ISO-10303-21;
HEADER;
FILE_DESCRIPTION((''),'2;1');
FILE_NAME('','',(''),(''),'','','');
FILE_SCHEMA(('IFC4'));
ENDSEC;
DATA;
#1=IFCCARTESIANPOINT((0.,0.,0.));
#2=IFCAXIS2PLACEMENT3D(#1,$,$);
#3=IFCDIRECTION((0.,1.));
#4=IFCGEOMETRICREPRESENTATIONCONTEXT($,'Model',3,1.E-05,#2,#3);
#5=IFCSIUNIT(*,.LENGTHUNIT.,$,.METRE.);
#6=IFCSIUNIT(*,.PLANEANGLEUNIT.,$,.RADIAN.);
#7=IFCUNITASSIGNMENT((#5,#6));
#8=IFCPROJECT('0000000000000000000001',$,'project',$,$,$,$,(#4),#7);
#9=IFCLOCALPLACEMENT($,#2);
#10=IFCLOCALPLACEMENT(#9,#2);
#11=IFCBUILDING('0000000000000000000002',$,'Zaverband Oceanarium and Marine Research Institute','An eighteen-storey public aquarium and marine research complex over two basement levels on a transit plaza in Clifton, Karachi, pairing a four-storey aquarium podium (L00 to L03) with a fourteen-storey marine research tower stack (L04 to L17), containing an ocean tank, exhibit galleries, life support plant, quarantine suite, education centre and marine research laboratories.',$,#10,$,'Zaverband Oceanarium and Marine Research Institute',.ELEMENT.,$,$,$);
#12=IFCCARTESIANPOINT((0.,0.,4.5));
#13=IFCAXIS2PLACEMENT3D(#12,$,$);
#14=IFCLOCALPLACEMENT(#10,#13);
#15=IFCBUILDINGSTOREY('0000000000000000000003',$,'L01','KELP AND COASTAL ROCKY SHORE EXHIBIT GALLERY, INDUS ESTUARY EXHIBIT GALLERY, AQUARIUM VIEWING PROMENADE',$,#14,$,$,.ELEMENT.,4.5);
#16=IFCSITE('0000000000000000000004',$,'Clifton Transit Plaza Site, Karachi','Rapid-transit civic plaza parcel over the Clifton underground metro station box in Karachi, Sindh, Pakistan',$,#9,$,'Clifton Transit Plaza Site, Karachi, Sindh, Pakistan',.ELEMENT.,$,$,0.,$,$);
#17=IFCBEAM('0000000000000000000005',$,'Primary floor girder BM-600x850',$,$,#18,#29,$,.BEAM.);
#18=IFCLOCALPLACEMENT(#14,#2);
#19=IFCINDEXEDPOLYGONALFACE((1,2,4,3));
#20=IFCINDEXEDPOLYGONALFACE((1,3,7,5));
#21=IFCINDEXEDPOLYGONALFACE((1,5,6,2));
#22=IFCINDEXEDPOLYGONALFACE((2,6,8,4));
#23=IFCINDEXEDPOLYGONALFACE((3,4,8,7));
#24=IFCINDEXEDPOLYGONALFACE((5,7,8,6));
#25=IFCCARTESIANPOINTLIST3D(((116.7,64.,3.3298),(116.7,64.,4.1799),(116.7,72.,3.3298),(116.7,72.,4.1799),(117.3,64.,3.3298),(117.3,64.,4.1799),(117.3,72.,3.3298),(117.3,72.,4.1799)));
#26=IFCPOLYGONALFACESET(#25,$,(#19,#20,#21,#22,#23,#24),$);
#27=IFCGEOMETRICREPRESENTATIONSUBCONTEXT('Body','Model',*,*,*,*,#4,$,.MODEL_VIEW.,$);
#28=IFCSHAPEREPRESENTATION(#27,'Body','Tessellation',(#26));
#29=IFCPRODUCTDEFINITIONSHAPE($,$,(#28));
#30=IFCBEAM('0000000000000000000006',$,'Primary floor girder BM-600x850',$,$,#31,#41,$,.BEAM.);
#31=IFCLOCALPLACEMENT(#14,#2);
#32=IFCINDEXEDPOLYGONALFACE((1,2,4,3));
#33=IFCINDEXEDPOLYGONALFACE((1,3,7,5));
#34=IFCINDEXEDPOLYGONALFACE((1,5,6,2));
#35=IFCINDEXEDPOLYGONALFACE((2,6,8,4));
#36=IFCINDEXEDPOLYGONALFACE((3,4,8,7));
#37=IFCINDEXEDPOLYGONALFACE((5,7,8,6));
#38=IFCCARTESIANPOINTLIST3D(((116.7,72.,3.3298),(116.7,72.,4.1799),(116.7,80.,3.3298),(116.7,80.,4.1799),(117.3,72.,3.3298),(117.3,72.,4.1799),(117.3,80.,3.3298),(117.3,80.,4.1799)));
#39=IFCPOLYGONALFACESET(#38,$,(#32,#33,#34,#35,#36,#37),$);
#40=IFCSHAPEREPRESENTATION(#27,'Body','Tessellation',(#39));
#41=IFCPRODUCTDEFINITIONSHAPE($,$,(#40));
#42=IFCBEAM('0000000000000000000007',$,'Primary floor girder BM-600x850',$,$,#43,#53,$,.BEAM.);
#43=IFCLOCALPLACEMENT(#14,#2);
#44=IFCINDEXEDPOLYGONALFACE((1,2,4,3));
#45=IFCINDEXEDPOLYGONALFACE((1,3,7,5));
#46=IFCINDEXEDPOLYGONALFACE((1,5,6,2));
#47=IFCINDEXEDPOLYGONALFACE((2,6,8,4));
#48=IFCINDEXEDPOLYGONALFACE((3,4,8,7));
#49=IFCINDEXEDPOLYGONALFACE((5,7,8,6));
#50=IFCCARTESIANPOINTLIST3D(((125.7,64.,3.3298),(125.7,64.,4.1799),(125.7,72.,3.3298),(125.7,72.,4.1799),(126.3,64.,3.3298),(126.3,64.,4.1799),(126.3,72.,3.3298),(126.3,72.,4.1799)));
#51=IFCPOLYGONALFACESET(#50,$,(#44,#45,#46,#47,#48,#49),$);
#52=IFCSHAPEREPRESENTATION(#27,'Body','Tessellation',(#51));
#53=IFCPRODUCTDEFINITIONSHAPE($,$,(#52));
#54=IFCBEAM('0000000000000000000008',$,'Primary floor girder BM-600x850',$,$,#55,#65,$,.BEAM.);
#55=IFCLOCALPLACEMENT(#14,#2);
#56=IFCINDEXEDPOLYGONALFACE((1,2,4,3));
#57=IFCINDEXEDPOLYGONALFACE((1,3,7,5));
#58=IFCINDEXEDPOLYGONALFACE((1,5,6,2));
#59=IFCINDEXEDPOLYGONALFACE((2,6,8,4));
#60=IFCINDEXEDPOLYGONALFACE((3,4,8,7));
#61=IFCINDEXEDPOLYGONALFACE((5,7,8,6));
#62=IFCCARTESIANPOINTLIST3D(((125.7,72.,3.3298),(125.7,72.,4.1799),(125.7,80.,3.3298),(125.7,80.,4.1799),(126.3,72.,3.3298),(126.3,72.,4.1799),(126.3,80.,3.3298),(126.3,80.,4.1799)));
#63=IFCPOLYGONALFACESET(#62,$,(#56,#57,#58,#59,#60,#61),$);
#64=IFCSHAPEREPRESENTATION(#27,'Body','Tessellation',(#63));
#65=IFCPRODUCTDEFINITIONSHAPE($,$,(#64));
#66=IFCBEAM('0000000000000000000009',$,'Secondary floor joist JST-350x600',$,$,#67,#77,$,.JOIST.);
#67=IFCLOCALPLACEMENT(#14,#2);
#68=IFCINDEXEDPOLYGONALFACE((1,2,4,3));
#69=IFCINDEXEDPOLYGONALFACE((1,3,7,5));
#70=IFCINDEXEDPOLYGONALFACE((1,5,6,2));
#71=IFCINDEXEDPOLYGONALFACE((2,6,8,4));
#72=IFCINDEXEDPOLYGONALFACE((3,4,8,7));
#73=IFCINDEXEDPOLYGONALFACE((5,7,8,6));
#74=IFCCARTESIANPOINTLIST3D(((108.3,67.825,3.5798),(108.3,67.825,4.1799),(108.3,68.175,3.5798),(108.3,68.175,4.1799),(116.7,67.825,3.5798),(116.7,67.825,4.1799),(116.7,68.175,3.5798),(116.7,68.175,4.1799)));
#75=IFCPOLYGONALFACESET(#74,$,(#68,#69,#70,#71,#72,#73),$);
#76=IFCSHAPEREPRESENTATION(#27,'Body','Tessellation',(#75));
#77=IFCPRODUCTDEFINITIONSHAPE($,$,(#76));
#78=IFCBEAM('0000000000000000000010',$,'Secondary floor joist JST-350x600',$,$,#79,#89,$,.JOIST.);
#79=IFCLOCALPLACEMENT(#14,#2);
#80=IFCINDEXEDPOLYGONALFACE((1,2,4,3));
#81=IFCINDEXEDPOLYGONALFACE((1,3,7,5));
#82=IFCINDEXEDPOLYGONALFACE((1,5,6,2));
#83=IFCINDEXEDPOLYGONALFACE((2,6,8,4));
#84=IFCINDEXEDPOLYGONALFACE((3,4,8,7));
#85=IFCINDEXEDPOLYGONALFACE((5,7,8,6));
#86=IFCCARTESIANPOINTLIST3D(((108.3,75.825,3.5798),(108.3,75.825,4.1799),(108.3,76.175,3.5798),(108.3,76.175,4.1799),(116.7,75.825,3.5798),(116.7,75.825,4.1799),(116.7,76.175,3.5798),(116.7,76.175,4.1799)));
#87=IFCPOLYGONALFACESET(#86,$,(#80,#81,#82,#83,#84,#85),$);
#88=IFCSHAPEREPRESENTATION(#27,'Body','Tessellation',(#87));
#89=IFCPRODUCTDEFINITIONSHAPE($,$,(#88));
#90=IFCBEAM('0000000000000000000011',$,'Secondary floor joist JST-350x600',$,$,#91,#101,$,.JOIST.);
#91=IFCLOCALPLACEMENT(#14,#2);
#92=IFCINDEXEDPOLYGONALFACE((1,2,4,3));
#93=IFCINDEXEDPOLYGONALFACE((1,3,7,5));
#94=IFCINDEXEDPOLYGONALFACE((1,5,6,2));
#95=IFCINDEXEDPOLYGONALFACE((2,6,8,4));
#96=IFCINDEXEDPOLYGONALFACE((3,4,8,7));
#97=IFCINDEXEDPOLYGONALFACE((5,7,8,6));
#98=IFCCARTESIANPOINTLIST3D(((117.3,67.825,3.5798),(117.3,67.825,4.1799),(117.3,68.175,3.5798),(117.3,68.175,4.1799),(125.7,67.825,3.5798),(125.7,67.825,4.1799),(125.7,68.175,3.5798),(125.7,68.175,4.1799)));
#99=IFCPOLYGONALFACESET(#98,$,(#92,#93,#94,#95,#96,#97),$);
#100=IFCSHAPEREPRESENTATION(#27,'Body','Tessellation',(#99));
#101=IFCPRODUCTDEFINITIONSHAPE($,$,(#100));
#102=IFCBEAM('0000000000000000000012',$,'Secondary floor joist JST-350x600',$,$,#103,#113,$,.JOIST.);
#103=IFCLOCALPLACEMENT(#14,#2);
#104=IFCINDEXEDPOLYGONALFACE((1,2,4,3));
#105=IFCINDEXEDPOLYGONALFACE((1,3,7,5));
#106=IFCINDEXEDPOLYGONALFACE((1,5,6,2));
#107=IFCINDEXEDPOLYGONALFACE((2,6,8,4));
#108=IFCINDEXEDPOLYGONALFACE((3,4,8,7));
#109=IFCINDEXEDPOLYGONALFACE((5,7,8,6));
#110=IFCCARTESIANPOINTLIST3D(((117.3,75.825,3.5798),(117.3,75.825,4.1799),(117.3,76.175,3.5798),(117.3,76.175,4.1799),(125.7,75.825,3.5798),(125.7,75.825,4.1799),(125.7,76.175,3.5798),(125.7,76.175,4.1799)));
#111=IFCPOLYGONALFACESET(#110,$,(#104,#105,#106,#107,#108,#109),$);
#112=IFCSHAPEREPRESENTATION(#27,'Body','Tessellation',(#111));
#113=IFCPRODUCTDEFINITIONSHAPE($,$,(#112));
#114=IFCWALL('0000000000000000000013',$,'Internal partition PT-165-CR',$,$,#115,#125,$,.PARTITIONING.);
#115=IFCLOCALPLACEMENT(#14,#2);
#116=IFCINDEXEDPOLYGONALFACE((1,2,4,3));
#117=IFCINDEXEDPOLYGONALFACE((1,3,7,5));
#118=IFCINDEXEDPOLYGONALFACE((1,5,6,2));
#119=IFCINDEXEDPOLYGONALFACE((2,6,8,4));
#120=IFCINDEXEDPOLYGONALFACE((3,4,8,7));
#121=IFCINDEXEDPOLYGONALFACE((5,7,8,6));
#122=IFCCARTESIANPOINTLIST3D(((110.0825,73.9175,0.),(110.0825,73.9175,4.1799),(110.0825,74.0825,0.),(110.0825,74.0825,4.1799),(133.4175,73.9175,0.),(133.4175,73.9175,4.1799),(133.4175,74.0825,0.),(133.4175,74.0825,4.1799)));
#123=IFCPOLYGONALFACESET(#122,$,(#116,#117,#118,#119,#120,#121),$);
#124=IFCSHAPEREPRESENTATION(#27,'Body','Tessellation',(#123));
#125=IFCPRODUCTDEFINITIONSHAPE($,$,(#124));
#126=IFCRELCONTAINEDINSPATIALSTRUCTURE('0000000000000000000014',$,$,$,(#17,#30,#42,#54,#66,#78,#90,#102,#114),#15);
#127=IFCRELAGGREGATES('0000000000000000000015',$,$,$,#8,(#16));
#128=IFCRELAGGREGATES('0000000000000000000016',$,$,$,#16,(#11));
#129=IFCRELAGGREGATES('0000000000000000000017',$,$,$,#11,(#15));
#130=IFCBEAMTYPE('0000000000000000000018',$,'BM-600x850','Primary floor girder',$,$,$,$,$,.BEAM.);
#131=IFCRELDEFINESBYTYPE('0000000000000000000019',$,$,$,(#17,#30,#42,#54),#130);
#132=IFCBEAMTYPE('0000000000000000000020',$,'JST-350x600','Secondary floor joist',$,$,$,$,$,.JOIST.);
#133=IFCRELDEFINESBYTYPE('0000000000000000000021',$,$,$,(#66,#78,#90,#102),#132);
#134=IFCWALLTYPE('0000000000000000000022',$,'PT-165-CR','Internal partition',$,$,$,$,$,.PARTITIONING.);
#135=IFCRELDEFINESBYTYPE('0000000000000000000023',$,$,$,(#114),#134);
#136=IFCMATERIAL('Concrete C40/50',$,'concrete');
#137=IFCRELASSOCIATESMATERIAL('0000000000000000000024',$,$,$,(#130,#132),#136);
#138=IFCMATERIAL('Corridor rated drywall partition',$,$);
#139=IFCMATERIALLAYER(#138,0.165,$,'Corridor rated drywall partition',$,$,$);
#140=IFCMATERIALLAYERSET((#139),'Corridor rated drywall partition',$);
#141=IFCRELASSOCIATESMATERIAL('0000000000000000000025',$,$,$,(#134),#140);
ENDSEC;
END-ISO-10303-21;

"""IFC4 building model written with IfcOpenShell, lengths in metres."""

from ifc_helpers import new_model, si_unit, direction, frame, frame_2d, origin, origin_2d, place, context, subcontext, project, spatial, rectangle, extrude, material, layer, layer_set, material_profile, profile_set, type_object, element, save


model = new_model("IFC4")

# Units and contexts
model_context = context("Model", 3, precision=1e-05, world=origin(), true_north=direction((0.0, 1.0)))
body_context = subcontext(model_context, "Body", "Model", "MODEL_VIEW")
ifc_project = project(units=[si_unit("LENGTHUNIT", "METRE"), si_unit("PLANEANGLEUNIT", "RADIAN")], contexts=[model_context])

# Site, building, storey
site_placement = place(None, origin())
site = spatial("IfcSite", under=ifc_project, at=site_placement, Name="Clifton Transit Plaza Site, Karachi", Description="Rapid-transit civic plaza parcel over the Clifton underground metro station box in Karachi, Sindh, Pakistan", LongName="Clifton Transit Plaza Site, Karachi, Sindh, Pakistan", CompositionType="ELEMENT", RefElevation=0.0)
building_placement = place(site_placement, origin())
building = spatial("IfcBuilding", under=site, at=building_placement, Name="Zaverband Oceanarium and Marine Research Institute", Description="An eighteen-storey public aquarium and marine research complex over two basement levels on a transit plaza in Clifton, Karachi, pairing a four-storey aquarium podium (L00 to L03) with a fourteen-storey marine research tower stack (L04 to L17), containing an ocean tank, exhibit galleries, life support plant, quarantine suite, education centre and marine research laboratories.", LongName="Zaverband Oceanarium and Marine Research Institute", CompositionType="ELEMENT")
storey_placement = place(building_placement, frame((0.0, 0.0, 4.5)))
storey = spatial("IfcBuildingStorey", under=building, at=storey_placement, Name="L01", Description="KELP AND COASTAL ROCKY SHORE EXHIBIT GALLERY, INDUS ESTUARY EXHIBIT GALLERY, AQUARIUM VIEWING PROMENADE", CompositionType="ELEMENT", Elevation=4.5)

# Beams
ifc_material_1 = material(Name="Concrete C40/50", Category="concrete")
ifc_material_profile_1 = material_profile(ifc_material_1, rectangle(XDim=0.6001, YDim=0.8501, at=origin_2d()), Name="RC600x850")
ifc_profile_set_1 = profile_set([ifc_material_profile_1], Name="Concrete C40/50")
beam_type_1 = type_object("IfcBeamType", Name="BM-600x850", Description="Primary floor girder", PredefinedType="BEAM", material=ifc_profile_set_1)
for number, where, z_axis, x_axis, name in (
    (1, (117.0, 64.0, 3.7549), (0.0, 1.0, 0.0), (-1.0, 0.0, 0.0), "Primary floor girder BM-600x850"),
    (2, (117.0, 72.0, 3.7549), (0.0, 1.0, 0.0), (-1.0, 0.0, 0.0), "Primary floor girder BM-600x850"),
    (3, (126.0, 64.0, 3.7549), (0.0, 1.0, 0.0), (-1.0, 0.0, 0.0), "Primary floor girder BM-600x850"),
    (4, (126.0, 72.0, 3.7549), (0.0, 1.0, 0.0), (-1.0, 0.0, 0.0), "Primary floor girder BM-600x850"),
):
    element("IfcBeam", number, at=place(storey_placement, frame(where, z_axis=z_axis, x_axis=x_axis)), inside=storey, type_object=beam_type_1, Name=name, PredefinedType="BEAM", context=body_context, shape_type="SweptSolid", body=[
        extrude(rectangle(XDim=0.6001, YDim=0.8501, at=origin_2d()), origin(), (0.0, 0.0, 1.0), 8.0),
    ])
ifc_material_profile_2 = material_profile(ifc_material_1, rectangle(XDim=0.3501, YDim=0.6001, at=origin_2d()), Name="RC350x600")
ifc_profile_set_2 = profile_set([ifc_material_profile_2], Name="Concrete C40/50")
beam_type_2 = type_object("IfcBeamType", Name="JST-350x600", Description="Secondary floor joist", PredefinedType="JOIST", material=ifc_profile_set_2)
for number, where, z_axis, x_axis, name in (
    (5, (108.3, 68.0, 3.8799), (1.0, 0.0, 0.0), (0.0, 1.0, 0.0), "Secondary floor joist JST-350x600"),
    (6, (108.3, 76.0, 3.8799), (1.0, 0.0, 0.0), (0.0, 1.0, 0.0), "Secondary floor joist JST-350x600"),
    (7, (117.3, 68.0, 3.8799), (1.0, 0.0, 0.0), (0.0, 1.0, 0.0), "Secondary floor joist JST-350x600"),
    (8, (117.3, 76.0, 3.8799), (1.0, 0.0, 0.0), (0.0, 1.0, 0.0), "Secondary floor joist JST-350x600"),
):
    element("IfcBeam", number, at=place(storey_placement, frame(where, z_axis=z_axis, x_axis=x_axis)), inside=storey, type_object=beam_type_2, Name=name, PredefinedType="JOIST", context=body_context, shape_type="SweptSolid", body=[
        extrude(rectangle(XDim=0.3501, YDim=0.6001, at=origin_2d()), origin(), (0.0, 0.0, 1.0), 8.3999),
    ])

# Wall
ifc_material_2 = material(Name="Corridor rated drywall partition")
ifc_layer = layer(ifc_material_2, 0.165, Name="Corridor rated drywall partition")
ifc_layer_set = layer_set([ifc_layer], Name="Corridor rated drywall partition")
wall_type = type_object("IfcWallType", Name="PT-165-CR", Description="Internal partition", PredefinedType="PARTITIONING", material=ifc_layer_set)
wall_placement = place(storey_placement, frame((110.0825, 74.0, 0.0), z_axis=(0.0, 0.0, 1.0), x_axis=(1.0, 0.0, 0.0)))
element("IfcWall", 9, at=wall_placement, inside=storey, type_object=wall_type, Name="Internal partition PT-165-CR", PredefinedType="PARTITIONING", context=body_context, shape_type="SweptSolid", body=[
    extrude(rectangle(XDim=23.335, YDim=0.165, at=frame_2d((11.6675, 0.0))), origin(), (0.0, 0.0, 1.0), 4.1799),
])

save(model, "model.ifc")
